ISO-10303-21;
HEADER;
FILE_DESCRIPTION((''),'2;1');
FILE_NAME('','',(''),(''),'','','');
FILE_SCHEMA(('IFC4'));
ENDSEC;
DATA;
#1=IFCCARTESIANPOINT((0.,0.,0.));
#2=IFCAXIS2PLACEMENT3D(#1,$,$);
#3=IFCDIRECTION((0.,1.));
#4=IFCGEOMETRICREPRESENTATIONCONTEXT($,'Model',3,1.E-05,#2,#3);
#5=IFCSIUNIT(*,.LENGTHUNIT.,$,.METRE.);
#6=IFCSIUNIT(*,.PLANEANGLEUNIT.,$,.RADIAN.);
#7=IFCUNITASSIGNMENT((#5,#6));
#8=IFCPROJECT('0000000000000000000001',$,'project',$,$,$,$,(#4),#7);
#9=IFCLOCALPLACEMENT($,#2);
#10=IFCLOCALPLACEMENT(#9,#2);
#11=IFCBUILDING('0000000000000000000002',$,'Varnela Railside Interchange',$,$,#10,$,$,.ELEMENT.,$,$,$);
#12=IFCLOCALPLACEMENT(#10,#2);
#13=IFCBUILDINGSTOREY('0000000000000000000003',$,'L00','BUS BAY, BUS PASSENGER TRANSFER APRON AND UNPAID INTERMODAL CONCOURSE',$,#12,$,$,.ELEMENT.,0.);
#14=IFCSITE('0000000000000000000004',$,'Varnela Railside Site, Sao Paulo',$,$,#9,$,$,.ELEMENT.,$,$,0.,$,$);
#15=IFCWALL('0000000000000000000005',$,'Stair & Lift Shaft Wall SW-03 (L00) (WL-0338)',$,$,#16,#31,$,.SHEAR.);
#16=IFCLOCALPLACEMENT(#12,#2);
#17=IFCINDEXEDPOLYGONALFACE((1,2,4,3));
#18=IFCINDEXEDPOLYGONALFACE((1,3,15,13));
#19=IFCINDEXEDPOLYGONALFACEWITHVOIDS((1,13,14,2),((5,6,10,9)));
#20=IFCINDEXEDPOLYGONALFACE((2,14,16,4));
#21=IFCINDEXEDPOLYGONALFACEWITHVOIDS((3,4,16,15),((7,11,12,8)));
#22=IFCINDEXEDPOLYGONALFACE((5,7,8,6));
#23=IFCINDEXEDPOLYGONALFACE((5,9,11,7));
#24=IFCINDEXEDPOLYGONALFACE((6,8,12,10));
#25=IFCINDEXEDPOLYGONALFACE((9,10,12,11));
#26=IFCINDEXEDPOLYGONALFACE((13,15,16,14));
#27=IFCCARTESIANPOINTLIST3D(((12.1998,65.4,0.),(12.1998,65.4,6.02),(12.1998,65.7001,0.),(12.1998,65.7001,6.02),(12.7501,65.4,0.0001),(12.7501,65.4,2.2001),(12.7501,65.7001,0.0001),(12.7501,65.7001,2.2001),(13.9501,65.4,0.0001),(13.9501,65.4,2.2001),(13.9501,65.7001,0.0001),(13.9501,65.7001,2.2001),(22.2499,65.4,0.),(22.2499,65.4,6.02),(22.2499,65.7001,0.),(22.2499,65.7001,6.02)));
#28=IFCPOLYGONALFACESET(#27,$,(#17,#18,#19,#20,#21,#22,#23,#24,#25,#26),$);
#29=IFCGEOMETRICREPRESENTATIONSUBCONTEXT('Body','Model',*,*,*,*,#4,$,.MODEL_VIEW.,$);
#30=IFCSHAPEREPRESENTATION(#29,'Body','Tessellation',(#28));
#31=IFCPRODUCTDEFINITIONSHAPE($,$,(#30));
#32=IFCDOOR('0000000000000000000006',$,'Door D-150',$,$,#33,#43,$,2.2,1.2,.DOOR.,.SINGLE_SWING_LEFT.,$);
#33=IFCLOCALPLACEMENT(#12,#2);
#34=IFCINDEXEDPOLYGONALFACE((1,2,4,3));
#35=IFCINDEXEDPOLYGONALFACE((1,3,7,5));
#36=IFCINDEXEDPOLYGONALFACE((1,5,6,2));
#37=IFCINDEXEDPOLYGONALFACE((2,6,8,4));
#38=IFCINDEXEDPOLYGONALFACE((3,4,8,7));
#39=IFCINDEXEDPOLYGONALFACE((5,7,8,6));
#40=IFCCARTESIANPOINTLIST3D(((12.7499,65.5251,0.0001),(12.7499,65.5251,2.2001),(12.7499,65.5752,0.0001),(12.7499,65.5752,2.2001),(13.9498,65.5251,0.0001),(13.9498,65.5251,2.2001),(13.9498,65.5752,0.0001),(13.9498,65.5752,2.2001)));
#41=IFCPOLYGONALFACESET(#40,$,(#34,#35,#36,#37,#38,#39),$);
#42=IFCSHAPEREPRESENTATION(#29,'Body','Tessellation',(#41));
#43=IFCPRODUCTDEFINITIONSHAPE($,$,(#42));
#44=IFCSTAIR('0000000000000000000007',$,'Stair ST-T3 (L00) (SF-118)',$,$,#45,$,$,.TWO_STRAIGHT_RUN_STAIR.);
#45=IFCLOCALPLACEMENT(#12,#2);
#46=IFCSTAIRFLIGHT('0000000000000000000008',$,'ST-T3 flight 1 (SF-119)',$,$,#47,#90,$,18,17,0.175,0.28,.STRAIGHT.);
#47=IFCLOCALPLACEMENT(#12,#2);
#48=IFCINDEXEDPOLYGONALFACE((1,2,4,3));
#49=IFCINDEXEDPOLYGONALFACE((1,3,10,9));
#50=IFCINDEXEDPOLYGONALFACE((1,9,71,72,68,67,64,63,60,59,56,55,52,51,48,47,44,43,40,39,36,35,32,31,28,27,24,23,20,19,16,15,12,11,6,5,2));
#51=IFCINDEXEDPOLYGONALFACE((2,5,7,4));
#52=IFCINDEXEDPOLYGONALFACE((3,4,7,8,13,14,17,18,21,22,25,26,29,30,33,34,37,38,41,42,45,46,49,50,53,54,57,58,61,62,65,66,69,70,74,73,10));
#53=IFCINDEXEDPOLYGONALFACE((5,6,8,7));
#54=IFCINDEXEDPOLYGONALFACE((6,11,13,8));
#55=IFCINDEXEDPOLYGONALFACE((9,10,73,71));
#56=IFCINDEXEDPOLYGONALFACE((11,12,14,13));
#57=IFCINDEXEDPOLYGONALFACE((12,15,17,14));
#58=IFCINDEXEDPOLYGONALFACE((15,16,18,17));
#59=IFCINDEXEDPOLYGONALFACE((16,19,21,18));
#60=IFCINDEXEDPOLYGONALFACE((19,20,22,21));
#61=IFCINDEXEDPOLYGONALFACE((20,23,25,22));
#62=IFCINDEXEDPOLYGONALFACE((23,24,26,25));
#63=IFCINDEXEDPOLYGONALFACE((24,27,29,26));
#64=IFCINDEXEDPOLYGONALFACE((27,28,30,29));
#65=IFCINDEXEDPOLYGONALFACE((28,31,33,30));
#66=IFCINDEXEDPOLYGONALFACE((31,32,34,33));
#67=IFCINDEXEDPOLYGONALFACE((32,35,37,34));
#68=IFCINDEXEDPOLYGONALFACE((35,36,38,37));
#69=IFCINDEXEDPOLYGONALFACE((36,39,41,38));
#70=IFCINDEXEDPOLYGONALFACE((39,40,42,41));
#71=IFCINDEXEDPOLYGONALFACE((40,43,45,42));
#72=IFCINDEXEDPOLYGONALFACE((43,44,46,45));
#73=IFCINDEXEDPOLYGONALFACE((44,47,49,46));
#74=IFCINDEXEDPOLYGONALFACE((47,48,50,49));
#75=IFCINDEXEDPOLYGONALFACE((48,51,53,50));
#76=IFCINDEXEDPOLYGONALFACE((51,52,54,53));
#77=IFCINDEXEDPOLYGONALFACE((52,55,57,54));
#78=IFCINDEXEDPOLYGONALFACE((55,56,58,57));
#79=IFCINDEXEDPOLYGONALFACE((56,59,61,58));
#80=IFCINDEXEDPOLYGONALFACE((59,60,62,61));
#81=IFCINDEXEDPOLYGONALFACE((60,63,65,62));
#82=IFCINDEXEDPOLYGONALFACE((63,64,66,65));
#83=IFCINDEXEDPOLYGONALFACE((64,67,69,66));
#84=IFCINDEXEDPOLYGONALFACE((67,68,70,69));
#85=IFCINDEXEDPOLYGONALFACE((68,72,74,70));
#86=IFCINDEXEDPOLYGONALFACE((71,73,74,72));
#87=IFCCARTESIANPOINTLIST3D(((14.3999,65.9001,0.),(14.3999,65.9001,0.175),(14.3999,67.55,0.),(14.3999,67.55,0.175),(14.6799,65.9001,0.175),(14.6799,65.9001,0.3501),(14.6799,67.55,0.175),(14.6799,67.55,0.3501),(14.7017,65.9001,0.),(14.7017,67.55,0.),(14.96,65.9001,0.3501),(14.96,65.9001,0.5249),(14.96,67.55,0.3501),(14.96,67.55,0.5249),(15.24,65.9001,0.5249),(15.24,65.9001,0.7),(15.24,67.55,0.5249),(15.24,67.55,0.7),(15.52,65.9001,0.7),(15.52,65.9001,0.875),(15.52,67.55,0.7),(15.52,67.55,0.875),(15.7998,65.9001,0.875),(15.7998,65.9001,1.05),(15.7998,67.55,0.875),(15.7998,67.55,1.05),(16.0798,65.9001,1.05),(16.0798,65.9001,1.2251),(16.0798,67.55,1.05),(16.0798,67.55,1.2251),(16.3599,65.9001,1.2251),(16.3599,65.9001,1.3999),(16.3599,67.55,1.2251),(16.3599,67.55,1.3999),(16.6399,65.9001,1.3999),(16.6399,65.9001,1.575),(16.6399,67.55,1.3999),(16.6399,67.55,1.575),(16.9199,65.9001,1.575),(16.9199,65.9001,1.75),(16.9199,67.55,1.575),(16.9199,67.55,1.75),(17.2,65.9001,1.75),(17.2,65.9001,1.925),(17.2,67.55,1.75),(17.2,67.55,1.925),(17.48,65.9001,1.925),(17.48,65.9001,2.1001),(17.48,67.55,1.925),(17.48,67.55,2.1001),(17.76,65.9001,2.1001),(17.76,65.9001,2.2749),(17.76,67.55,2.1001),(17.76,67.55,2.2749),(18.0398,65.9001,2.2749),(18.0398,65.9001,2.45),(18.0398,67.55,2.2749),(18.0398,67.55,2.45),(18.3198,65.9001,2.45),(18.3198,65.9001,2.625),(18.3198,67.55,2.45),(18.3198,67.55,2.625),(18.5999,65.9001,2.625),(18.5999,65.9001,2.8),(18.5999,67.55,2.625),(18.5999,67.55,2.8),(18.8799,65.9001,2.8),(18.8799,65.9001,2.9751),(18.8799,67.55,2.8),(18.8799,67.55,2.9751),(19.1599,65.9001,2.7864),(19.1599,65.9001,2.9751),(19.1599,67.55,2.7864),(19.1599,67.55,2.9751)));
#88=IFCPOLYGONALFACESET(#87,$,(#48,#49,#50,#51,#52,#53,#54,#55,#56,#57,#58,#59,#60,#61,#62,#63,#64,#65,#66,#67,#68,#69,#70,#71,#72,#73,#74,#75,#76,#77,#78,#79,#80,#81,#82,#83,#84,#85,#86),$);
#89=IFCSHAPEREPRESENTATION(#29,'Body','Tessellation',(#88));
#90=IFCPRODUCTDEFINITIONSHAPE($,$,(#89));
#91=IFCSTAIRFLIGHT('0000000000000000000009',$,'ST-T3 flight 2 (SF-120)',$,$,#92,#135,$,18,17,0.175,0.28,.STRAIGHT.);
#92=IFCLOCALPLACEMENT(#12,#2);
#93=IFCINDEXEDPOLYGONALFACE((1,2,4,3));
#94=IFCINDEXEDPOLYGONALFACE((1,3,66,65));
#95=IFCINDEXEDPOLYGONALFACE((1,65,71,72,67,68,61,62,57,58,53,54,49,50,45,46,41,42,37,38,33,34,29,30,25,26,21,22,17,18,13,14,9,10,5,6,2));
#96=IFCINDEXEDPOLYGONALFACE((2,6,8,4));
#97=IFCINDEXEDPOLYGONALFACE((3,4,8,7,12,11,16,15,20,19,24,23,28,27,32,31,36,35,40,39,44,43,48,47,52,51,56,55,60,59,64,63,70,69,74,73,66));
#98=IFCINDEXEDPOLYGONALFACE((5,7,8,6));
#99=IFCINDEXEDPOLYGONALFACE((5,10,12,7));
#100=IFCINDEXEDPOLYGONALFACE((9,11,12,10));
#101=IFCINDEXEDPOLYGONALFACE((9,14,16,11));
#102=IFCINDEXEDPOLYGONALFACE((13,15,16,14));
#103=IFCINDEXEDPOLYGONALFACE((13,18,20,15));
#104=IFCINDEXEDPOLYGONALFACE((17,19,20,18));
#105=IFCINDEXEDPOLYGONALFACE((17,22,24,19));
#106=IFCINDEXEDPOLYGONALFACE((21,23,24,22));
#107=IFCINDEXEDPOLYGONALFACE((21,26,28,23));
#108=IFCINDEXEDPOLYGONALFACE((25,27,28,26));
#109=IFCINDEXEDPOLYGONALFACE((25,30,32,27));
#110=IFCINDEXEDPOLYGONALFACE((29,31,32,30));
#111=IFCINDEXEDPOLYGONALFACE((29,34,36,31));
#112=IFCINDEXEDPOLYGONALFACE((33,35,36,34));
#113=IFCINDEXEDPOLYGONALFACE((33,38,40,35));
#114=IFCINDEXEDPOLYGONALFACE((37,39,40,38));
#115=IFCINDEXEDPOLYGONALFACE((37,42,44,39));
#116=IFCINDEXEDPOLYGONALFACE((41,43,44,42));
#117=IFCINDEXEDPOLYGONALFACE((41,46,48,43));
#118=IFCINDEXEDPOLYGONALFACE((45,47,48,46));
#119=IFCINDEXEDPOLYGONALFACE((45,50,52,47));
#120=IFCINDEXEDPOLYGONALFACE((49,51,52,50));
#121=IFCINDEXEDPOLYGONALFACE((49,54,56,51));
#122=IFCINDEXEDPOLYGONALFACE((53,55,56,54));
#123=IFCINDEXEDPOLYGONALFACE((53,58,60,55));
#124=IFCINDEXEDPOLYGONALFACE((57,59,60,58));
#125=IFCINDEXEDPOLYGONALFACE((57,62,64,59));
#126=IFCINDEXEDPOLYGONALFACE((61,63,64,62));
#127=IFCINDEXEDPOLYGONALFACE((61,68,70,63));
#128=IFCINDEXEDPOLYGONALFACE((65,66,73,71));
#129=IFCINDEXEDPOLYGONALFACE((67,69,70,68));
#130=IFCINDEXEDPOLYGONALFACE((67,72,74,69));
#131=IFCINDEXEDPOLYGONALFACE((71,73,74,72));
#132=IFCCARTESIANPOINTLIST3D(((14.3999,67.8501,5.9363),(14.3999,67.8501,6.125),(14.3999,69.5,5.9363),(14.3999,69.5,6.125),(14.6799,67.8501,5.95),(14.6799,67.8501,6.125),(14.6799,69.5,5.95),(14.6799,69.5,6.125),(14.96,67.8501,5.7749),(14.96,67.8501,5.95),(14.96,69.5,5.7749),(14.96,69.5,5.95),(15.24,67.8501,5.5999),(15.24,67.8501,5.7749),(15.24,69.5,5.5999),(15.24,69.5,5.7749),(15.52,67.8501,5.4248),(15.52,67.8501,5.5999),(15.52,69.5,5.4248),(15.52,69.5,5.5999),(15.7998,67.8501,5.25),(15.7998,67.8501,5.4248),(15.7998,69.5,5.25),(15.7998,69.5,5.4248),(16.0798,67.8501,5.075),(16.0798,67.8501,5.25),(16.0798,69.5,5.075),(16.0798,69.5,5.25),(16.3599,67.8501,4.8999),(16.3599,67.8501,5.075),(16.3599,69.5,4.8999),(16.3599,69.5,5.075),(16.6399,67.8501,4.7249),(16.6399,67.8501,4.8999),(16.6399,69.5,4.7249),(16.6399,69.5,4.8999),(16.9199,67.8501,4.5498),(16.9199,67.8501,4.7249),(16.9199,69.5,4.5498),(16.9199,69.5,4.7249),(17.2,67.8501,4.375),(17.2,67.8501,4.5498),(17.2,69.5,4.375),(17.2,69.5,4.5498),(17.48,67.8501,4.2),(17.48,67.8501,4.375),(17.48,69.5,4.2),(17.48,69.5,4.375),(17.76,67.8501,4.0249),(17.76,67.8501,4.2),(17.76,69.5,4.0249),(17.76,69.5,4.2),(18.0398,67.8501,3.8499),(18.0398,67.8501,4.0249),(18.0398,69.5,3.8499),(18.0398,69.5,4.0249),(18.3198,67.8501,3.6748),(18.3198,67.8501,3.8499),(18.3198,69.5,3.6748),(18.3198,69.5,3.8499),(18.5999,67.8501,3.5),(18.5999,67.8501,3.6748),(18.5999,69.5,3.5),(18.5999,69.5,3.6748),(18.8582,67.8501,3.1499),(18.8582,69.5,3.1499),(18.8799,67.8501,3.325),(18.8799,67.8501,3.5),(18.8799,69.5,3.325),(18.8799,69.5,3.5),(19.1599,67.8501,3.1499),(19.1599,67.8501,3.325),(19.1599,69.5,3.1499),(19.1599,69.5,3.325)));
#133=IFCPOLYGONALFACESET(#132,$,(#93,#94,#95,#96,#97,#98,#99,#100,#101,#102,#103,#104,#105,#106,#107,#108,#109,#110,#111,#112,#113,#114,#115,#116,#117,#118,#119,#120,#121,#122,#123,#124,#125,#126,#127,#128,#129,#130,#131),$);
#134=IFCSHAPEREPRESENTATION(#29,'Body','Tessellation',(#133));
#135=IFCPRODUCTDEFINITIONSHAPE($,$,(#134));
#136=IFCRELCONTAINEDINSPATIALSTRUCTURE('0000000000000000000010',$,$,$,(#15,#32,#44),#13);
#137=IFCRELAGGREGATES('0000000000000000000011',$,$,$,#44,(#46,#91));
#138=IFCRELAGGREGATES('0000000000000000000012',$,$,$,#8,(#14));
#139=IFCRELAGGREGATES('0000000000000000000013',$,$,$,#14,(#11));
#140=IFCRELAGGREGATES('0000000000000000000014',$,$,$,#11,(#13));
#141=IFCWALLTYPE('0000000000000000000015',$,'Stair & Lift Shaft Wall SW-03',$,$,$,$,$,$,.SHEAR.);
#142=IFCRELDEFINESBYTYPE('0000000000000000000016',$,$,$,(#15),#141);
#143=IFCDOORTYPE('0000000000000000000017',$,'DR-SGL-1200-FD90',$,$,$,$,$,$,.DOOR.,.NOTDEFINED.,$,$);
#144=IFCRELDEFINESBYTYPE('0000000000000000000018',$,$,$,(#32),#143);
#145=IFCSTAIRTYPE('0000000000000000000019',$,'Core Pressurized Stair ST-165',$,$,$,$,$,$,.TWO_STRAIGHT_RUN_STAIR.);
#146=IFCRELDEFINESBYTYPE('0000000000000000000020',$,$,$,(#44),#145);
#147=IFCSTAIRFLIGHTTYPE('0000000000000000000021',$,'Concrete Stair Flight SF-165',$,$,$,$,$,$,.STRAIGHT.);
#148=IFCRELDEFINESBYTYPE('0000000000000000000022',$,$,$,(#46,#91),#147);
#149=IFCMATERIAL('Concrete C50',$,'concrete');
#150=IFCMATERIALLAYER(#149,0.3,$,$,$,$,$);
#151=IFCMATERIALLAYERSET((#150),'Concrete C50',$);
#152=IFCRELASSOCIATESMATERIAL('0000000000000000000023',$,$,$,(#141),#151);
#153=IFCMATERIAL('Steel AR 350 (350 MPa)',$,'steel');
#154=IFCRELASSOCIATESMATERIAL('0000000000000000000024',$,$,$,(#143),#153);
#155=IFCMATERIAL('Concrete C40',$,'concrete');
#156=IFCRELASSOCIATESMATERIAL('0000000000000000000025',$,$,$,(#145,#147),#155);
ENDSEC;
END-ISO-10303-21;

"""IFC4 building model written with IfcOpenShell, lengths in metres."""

from ifc_helpers import new_model, si_unit, direction, frame, frame_2d, origin, place, context, subcontext, project, spatial, polyline, rectangle, outline, extrude, material, layer, layer_set, type_object, element, fill, aggregate, save


model = new_model("IFC4")

# Units and contexts
model_context = context("Model", 3, precision=1e-05, world=origin(), true_north=direction((0.0, 1.0)))
body_context = subcontext(model_context, "Body", "Model", "MODEL_VIEW")
ifc_project = project(units=[si_unit("LENGTHUNIT", "METRE"), si_unit("PLANEANGLEUNIT", "RADIAN")], contexts=[model_context])

# Site, building, storey
site_placement = place(None, origin())
site = spatial("IfcSite", under=ifc_project, at=site_placement, Name="Varnela Railside Site, Sao Paulo", CompositionType="ELEMENT", RefElevation=0.0)
building_placement = place(site_placement, origin())
building = spatial("IfcBuilding", under=site, at=building_placement, Name="Varnela Railside Interchange", CompositionType="ELEMENT")
storey_placement = place(building_placement, origin())
storey = spatial("IfcBuildingStorey", under=building, at=storey_placement, Name="L00", Description="BUS BAY, BUS PASSENGER TRANSFER APRON AND UNPAID INTERMODAL CONCOURSE", CompositionType="ELEMENT", Elevation=0.0)

# Shared definitions
ifc_material_1 = material(Name="Steel AR 350 (350 MPa)", Category="steel")

# Shared definitions
ifc_material_2 = material(Name="Concrete C50", Category="concrete")
ifc_material_3 = material(Name="Concrete C40", Category="concrete")

# Shared definitions
ifc_layer_1 = layer(ifc_material_2, 0.3)
ifc_layer_set_1 = layer_set([ifc_layer_1], Name="Concrete C50")
wall_type_1 = type_object("IfcWallType", Name="Stair & Lift Shaft Wall SW-03", PredefinedType="SHEAR", material=ifc_layer_set_1)

# Wall, opening, door
wall_1_placement = place(storey_placement, frame((12.2, 65.55, 0.0), z_axis=(0.0, 0.0, 1.0), x_axis=(1.0, 0.0, 0.0)))
wall_1 = element("IfcWall", 1, at=wall_1_placement, inside=storey, type_object=wall_type_1, Name="Stair & Lift Shaft Wall SW-03 (L00) (WL-0338)", PredefinedType="SHEAR", context=body_context, shape_type="SweptSolid", body=[
    extrude(rectangle(XDim=10.05, YDim=0.3, at=frame_2d((5.0249, 0.0))), origin(), (0.0, 0.0, 1.0), 6.02),
])
opening_1_placement = place(wall_1_placement, frame((0.55, 0.0, 0.0)))
opening_1 = element("IfcOpeningElement", 2, at=opening_1_placement, cuts=wall_1, PredefinedType="OPENING", context=body_context, shape_type="SweptSolid", body=[
    extrude(rectangle(XDim=1.2, YDim=2.2, at=frame_2d((0.6001, 1.1001))), frame((0.0, 0.1599, 0.0), z_axis=(0.0, -1.0, 0.0), x_axis=(1.0, 0.0, 0.0)), (0.0, 0.0, 1.0), 0.3201),
])
door_type_1 = type_object("IfcDoorType", Name="DR-SGL-1200-FD90", OperationType="NOTDEFINED", PredefinedType="DOOR", material=ifc_material_1)
door_1_placement = place(opening_1_placement, frame((1.2, 0.0, 0.0), z_axis=(0.0, 0.0, 1.0), x_axis=(-1.0, 0.0, 0.0)))
door_1 = element("IfcDoor", 3, at=door_1_placement, inside=storey, type_object=door_type_1, Name="Door D-150", OperationType="SINGLE_SWING_LEFT", OverallHeight=2.2, OverallWidth=1.2, PredefinedType="DOOR", context=body_context, shape_type="SweptSolid", body=[
    extrude(rectangle(XDim=1.2, YDim=2.2, at=frame_2d((0.6001, 1.1001))), frame((0.0, 0.0249, 0.0), z_axis=(0.0, -1.0, 0.0), x_axis=(1.0, 0.0, 0.0)), (0.0, 0.0, 1.0), 0.05),
])
fill(opening_1, door_1)

# Stair, stair flights
stair_type = type_object("IfcStairType", Name="Core Pressurized Stair ST-165", PredefinedType="TWO_STRAIGHT_RUN_STAIR", material=ifc_material_3)
stair_placement = place(storey_placement, origin())
stair = element("IfcStair", 4, at=stair_placement, inside=storey, type_object=stair_type, Name="Stair ST-T3 (L00) (SF-118)", PredefinedType="TWO_STRAIGHT_RUN_STAIR")
stair_flight_type = type_object("IfcStairFlightType", Name="Concrete Stair Flight SF-165", PredefinedType="STRAIGHT", material=ifc_material_3)
stair_flight_1_placement = place(storey_placement, frame((14.3999, 66.7251, 0.0), z_axis=(0.0, 0.0, 1.0), x_axis=(1.0, 0.0, 0.0)))
stair_flight_1 = element("IfcStairFlight", 5, at=stair_flight_1_placement, type_object=stair_flight_type, Name="ST-T3 flight 1 (SF-119)", NumberOfRisers=18, NumberOfTreads=17, PredefinedType="STRAIGHT", RiserHeight=0.175, TreadLength=0.28, context=body_context, shape_type="SweptSolid", body=[
    extrude(outline(polyline([(0.0, 0.0), (0.0, 0.175), (0.28, 0.175), (0.28, 0.3501), (0.5601, 0.3501), (0.5601, 0.5249), (0.8401, 0.5249), (0.8401, 0.7), (1.1201, 0.7), (1.1201, 0.875), (1.3999, 0.875), (1.3999, 1.05), (1.6799, 1.05), (1.6799, 1.2251), (1.96, 1.2251), (1.96, 1.3999), (2.24, 1.3999), (2.24, 1.575), (2.52, 1.575), (2.52, 1.75), (2.8, 1.75), (2.8, 1.925), (3.0801, 1.925), (3.0801, 2.1001), (3.3601, 2.1001), (3.3601, 2.2749), (3.6399, 2.2749), (3.6399, 2.45), (3.9199, 2.45), (3.9199, 2.625), (4.2, 2.625), (4.2, 2.8), (4.48, 2.8), (4.48, 2.9751), (4.76, 2.9751), (4.76, 3.1499), (4.76, 2.7864), (0.3018, 0.0), (0.0, 0.0)])), frame((0.0, 0.825, 0.0), z_axis=(0.0, -1.0, 0.0), x_axis=(1.0, 0.0, 0.0)), (0.0, 0.0, 1.0), 1.6499),
])
stair_flight_2_placement = place(storey_placement, frame((19.1599, 68.675, 3.1499), z_axis=(0.0, 0.0, 1.0), x_axis=(-1.0, 0.0, 0.0)))
stair_flight_2 = element("IfcStairFlight", 6, at=stair_flight_2_placement, type_object=stair_flight_type, Name="ST-T3 flight 2 (SF-120)", NumberOfRisers=18, NumberOfTreads=17, PredefinedType="STRAIGHT", RiserHeight=0.175, TreadLength=0.28, context=body_context, shape_type="SweptSolid", body=[
    extrude(outline(polyline([(0.0, 0.0), (0.0, 0.175), (0.28, 0.175), (0.28, 0.3501), (0.5601, 0.3501), (0.5601, 0.5249), (0.8401, 0.5249), (0.8401, 0.7), (1.1201, 0.7), (1.1201, 0.875), (1.3999, 0.875), (1.3999, 1.05), (1.6799, 1.05), (1.6799, 1.2251), (1.96, 1.2251), (1.96, 1.3999), (2.24, 1.3999), (2.24, 1.575), (2.52, 1.575), (2.52, 1.75), (2.8, 1.75), (2.8, 1.925), (3.0801, 1.925), (3.0801, 2.1001), (3.3601, 2.1001), (3.3601, 2.2749), (3.6399, 2.2749), (3.6399, 2.45), (3.9199, 2.45), (3.9199, 2.625), (4.2, 2.625), (4.2, 2.8), (4.48, 2.8), (4.48, 2.9751), (4.76, 2.9751), (4.76, 3.1499), (4.76, 2.7864), (0.3018, 0.0), (0.0, 0.0)])), frame((0.0, 0.825, 0.0), z_axis=(0.0, -1.0, 0.0), x_axis=(1.0, 0.0, 0.0)), (0.0, 0.0, 1.0), 1.6499),
])
aggregate(stair, [stair_flight_1, stair_flight_2])

save(model, "model.ifc")
